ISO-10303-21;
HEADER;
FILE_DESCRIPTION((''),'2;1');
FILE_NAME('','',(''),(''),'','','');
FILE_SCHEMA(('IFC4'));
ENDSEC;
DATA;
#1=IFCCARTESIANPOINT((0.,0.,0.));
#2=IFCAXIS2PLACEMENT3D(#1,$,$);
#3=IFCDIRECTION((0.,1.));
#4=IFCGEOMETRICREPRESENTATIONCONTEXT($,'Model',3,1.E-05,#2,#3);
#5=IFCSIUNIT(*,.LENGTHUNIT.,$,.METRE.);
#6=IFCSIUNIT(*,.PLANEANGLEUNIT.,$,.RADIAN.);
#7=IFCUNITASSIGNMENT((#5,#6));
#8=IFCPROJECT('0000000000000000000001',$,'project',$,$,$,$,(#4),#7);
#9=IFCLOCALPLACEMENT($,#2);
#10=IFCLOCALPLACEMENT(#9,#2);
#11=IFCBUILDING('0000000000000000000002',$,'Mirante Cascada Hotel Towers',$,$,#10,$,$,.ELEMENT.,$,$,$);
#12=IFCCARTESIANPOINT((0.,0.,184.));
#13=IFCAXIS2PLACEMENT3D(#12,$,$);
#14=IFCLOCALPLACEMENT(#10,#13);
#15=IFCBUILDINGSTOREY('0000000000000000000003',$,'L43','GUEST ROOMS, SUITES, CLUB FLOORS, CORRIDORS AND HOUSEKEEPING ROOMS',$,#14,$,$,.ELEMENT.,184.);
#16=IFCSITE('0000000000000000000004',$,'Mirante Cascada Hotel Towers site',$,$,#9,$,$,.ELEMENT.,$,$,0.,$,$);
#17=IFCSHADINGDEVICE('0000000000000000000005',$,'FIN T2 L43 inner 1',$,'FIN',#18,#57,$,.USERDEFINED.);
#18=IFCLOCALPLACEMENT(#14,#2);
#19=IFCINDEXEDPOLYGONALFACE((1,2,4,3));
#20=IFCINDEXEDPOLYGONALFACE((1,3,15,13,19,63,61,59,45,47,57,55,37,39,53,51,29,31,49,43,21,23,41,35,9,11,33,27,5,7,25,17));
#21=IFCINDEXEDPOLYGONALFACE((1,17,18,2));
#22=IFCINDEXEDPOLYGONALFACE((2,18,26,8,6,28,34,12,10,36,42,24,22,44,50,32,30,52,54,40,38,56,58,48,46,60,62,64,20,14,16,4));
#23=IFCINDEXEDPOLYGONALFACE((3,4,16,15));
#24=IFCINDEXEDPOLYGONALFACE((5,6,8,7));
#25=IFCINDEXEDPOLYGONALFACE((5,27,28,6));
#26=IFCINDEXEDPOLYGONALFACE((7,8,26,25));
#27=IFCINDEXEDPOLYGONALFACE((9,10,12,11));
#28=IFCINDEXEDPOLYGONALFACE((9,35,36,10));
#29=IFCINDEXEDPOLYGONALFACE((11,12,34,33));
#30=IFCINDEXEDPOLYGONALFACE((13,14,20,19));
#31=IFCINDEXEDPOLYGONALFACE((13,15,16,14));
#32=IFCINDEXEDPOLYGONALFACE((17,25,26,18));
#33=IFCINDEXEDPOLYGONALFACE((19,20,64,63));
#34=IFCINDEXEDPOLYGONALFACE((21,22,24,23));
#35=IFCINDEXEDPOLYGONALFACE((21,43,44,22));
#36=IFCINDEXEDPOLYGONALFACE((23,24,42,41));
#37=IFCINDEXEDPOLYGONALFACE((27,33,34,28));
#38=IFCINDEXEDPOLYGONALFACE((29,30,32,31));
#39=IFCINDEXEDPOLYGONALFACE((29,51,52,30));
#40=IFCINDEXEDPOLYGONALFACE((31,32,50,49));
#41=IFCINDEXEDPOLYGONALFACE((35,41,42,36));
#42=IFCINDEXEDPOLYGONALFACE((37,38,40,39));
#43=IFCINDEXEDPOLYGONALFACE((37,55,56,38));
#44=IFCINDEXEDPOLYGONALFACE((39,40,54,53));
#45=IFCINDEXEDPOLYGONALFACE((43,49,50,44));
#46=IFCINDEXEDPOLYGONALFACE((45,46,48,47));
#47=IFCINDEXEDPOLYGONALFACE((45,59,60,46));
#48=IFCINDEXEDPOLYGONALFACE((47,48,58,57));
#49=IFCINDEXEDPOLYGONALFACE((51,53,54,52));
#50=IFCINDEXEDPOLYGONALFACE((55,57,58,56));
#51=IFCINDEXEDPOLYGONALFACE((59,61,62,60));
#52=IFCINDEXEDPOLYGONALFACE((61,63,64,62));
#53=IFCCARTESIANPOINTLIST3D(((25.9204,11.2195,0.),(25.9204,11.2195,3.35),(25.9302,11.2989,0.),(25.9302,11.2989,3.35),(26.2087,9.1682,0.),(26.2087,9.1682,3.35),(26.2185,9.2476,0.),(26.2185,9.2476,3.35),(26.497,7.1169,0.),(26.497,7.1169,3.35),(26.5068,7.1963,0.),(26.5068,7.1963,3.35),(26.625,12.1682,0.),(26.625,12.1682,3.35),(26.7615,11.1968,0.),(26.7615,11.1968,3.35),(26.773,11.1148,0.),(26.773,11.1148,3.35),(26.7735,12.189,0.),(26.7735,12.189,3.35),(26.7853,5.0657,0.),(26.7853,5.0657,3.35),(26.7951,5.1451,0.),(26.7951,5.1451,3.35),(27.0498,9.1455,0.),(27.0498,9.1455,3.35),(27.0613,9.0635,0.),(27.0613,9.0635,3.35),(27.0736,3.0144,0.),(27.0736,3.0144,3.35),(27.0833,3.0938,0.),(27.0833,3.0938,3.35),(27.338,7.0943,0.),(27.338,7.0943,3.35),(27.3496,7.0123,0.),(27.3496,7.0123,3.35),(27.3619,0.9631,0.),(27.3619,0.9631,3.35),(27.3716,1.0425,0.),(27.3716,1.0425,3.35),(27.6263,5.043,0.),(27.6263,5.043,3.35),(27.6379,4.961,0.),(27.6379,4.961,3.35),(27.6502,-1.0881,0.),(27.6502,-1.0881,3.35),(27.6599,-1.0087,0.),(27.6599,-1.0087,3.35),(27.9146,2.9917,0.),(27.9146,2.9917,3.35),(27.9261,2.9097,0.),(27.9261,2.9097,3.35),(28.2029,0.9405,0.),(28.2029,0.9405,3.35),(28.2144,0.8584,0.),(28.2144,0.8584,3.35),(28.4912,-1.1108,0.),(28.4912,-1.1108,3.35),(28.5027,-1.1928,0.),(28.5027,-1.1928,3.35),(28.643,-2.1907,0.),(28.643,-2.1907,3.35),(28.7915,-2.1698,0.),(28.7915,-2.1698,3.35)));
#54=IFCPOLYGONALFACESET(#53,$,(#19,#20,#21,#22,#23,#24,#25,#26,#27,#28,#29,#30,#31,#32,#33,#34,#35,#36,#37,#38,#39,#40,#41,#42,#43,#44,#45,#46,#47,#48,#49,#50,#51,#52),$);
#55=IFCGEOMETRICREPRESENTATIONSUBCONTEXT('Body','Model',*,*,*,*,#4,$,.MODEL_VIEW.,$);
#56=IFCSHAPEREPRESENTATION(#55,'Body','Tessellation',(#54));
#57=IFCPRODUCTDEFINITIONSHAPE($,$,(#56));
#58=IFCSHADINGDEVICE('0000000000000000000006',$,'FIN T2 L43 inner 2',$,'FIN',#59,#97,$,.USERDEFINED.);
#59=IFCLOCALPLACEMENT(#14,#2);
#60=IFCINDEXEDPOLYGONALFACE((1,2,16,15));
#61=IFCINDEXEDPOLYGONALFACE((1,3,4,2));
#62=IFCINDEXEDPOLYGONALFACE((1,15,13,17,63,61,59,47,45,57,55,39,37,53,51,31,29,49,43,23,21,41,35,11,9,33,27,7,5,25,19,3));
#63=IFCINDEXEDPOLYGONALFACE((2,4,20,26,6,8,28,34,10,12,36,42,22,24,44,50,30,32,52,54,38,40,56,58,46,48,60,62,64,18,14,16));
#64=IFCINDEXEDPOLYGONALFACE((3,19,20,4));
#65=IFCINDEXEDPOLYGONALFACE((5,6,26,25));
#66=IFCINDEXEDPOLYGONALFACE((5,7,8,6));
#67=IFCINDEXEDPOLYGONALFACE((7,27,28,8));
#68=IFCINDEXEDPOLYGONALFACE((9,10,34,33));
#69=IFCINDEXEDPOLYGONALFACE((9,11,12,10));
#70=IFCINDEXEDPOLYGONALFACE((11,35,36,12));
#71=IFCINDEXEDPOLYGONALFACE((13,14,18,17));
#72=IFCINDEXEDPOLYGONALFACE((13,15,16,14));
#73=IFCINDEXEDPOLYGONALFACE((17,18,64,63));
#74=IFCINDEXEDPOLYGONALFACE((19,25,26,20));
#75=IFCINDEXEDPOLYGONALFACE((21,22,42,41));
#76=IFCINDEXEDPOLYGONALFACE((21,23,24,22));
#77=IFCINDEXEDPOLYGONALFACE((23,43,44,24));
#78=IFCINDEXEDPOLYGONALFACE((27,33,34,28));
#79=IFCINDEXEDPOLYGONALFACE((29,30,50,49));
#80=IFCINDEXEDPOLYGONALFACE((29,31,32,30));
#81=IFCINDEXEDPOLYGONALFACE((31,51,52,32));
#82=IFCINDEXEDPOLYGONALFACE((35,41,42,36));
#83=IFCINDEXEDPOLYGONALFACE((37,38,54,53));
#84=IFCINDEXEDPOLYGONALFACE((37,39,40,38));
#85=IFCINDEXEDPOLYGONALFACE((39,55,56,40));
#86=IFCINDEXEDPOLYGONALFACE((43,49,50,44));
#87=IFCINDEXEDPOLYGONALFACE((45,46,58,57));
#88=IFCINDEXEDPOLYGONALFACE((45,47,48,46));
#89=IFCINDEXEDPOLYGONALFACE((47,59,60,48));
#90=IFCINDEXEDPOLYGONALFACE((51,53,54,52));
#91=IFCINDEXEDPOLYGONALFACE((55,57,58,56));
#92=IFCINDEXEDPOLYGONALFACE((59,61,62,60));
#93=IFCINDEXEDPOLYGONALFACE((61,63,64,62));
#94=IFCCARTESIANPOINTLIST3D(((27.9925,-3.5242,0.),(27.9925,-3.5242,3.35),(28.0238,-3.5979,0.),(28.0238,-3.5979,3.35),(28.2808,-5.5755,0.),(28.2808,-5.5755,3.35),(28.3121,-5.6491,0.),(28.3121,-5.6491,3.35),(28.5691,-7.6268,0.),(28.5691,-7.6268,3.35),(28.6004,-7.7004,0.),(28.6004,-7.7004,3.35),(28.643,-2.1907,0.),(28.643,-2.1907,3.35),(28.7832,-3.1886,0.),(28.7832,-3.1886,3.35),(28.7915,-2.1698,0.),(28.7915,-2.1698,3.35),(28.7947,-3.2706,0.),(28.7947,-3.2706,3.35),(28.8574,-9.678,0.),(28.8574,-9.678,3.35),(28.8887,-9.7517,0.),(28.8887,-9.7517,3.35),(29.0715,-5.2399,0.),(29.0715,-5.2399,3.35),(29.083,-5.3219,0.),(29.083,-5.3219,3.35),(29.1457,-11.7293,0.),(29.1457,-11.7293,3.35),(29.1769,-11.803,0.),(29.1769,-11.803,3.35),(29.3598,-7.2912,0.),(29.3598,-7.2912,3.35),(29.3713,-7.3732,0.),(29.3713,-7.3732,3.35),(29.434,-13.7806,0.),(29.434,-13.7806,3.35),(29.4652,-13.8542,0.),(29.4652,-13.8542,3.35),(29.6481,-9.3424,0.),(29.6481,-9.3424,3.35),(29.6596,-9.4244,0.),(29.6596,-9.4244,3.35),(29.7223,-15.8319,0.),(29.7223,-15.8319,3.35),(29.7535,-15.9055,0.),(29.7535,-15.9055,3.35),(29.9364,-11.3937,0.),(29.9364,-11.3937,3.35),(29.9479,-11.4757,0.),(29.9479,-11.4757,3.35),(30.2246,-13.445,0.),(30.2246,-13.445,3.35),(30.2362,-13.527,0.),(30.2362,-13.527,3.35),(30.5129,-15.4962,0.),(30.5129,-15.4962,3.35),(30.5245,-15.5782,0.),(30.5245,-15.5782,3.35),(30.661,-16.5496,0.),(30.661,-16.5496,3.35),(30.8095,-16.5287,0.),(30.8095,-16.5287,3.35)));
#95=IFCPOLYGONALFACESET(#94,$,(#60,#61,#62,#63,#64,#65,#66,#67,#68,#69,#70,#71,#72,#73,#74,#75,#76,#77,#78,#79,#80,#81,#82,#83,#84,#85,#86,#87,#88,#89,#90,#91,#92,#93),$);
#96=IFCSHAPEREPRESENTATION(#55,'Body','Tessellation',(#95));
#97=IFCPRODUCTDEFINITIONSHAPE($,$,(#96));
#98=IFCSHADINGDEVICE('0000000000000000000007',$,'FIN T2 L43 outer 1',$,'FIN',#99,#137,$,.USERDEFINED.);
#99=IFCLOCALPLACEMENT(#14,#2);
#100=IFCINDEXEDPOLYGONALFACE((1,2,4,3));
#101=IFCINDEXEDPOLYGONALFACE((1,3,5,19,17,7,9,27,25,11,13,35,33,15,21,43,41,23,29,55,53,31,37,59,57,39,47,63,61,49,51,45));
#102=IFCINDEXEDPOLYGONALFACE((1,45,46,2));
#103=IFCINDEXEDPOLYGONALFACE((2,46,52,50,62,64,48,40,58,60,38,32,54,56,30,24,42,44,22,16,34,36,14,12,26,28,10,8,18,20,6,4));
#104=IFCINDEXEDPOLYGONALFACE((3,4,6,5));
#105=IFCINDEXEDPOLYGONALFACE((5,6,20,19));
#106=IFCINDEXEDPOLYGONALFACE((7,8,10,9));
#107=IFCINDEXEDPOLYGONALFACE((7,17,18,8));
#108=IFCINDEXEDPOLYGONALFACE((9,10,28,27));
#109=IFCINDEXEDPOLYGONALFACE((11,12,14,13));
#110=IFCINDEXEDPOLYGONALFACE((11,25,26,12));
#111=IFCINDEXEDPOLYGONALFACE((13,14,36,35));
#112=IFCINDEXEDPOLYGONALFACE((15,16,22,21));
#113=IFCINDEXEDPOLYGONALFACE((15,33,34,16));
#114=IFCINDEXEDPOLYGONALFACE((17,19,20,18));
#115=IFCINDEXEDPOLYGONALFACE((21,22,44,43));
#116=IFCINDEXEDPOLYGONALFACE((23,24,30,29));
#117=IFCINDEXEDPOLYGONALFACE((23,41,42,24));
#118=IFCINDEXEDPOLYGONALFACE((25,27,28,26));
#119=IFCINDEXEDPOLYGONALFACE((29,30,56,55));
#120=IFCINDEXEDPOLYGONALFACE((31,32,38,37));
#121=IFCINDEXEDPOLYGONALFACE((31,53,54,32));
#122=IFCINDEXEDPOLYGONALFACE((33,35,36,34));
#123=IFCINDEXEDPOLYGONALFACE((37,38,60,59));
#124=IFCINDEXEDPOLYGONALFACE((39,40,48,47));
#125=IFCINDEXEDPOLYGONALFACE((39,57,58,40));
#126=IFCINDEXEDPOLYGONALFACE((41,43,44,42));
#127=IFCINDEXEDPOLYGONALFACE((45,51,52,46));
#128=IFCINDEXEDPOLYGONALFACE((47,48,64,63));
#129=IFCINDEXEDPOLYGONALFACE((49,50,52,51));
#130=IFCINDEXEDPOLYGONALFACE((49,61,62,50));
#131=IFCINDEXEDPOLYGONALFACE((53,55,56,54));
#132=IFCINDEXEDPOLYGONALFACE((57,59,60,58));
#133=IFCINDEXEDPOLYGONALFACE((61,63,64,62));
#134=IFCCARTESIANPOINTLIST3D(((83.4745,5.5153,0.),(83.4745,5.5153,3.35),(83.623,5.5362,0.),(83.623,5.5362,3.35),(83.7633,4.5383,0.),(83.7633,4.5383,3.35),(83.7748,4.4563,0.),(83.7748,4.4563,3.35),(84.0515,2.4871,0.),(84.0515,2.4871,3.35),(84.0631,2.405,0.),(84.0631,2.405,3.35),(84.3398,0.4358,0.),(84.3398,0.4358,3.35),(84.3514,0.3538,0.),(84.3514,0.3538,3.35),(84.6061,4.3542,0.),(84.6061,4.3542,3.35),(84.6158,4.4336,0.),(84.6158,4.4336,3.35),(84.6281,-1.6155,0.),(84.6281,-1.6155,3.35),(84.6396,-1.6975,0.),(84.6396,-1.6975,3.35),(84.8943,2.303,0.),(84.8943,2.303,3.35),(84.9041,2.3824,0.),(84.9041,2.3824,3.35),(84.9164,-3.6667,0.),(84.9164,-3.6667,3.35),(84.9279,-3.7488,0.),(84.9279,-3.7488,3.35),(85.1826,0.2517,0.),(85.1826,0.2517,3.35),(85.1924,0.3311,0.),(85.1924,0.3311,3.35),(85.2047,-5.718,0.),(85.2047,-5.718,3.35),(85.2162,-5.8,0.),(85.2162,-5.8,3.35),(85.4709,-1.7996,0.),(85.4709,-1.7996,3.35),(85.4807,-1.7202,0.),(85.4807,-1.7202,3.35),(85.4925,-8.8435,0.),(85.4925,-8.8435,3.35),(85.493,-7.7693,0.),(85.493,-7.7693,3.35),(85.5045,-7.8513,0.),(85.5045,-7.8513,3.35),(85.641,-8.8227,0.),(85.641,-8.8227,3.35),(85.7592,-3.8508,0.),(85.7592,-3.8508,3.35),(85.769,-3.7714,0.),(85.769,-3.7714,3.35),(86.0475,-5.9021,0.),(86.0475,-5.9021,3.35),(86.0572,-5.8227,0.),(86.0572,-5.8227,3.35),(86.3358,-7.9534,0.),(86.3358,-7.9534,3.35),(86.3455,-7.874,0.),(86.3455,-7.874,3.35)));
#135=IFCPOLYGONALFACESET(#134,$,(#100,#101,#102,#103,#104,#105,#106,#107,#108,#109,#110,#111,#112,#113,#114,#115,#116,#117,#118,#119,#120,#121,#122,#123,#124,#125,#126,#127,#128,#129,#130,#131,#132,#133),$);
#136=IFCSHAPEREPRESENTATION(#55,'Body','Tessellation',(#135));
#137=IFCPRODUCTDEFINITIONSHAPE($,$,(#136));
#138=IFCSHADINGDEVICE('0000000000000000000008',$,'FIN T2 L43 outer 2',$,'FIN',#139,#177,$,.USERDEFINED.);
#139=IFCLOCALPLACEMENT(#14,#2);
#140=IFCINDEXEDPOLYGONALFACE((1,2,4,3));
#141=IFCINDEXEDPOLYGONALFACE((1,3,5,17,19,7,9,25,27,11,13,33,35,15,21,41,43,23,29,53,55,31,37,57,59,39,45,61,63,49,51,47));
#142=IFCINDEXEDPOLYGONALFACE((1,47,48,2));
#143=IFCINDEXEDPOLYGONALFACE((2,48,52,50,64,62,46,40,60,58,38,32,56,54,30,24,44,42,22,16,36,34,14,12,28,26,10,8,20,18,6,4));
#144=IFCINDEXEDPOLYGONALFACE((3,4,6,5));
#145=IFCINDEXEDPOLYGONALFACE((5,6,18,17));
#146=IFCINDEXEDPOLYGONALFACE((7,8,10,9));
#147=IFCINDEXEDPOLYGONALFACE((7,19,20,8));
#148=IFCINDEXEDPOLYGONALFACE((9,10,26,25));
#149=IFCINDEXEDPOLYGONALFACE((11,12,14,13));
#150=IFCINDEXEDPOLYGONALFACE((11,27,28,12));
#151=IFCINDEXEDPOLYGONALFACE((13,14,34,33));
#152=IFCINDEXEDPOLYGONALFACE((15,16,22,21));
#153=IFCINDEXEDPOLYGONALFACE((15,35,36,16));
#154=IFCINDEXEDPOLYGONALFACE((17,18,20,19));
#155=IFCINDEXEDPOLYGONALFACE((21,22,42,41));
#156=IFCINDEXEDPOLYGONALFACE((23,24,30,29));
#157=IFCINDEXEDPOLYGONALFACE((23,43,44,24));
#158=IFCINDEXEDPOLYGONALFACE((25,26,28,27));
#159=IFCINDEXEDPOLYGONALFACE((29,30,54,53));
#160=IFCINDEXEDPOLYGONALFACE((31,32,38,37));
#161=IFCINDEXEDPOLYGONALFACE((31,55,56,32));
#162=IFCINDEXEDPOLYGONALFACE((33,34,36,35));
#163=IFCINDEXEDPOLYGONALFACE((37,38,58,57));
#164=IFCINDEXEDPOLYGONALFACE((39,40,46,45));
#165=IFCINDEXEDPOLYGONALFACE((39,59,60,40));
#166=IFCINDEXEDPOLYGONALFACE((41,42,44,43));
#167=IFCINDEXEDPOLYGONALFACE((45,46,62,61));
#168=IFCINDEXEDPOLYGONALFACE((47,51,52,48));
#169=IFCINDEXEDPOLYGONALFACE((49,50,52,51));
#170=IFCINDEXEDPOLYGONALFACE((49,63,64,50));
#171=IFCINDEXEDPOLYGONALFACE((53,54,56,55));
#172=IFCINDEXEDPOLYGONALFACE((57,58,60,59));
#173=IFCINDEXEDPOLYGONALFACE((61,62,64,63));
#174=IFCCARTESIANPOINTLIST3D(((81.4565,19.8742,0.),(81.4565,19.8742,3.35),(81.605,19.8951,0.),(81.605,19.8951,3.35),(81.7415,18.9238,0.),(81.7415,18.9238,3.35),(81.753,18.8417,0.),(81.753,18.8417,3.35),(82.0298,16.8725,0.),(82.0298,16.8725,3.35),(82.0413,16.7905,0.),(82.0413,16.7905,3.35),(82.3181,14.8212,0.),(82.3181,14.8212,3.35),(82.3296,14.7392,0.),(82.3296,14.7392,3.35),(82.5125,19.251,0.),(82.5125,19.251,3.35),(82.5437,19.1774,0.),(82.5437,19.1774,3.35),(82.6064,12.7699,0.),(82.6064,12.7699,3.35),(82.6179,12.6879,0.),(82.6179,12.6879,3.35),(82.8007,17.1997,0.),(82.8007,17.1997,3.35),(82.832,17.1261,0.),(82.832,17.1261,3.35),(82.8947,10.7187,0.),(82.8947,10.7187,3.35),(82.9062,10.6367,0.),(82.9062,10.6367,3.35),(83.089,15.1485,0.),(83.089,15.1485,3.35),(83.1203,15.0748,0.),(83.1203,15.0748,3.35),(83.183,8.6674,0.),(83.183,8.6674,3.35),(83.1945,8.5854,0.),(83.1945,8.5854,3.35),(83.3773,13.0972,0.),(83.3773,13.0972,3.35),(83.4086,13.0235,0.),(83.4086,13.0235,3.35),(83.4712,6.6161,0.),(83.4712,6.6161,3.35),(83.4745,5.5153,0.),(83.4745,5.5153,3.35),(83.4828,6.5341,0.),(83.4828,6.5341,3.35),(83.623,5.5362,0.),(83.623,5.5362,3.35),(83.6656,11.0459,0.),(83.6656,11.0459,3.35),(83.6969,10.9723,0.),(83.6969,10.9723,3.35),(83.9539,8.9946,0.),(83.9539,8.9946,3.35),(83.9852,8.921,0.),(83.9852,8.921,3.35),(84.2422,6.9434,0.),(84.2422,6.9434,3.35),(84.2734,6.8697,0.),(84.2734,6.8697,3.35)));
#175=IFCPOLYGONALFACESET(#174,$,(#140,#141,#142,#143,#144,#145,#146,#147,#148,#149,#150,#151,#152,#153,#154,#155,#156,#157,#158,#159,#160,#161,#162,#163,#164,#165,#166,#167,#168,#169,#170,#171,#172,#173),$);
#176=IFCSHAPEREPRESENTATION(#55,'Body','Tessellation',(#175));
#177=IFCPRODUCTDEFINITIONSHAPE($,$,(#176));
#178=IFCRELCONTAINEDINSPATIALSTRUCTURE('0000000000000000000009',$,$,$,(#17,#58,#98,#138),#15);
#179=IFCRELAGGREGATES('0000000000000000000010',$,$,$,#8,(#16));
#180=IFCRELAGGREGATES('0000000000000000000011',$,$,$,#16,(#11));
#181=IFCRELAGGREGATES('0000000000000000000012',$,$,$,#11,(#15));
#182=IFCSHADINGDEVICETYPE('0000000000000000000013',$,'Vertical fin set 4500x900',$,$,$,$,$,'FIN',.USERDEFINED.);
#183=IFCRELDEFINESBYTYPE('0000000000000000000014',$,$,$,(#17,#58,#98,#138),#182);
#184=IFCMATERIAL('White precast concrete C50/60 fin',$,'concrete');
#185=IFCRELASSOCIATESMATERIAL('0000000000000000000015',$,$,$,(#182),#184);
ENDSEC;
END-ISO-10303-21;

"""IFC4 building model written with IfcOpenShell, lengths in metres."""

from ifc_helpers import new_model, si_unit, direction, frame, origin, place, context, subcontext, project, spatial, polyline, outline, extrude, material, type_object, element, save


model = new_model("IFC4")

# Units and contexts
model_context = context("Model", 3, precision=1e-05, world=origin(), true_north=direction((0.0, 1.0)))
body_context = subcontext(model_context, "Body", "Model", "MODEL_VIEW")
ifc_project = project(units=[si_unit("LENGTHUNIT", "METRE"), si_unit("PLANEANGLEUNIT", "RADIAN")], contexts=[model_context])

# Site, building, storey
site_placement = place(None, origin())
site = spatial("IfcSite", under=ifc_project, at=site_placement, Name="Mirante Cascada Hotel Towers site", CompositionType="ELEMENT", RefElevation=0.0)
building_placement = place(site_placement, origin())
building = spatial("IfcBuilding", under=site, at=building_placement, Name="Mirante Cascada Hotel Towers", CompositionType="ELEMENT")
storey_placement = place(building_placement, frame((0.0, 0.0, 184.0)))
storey = spatial("IfcBuildingStorey", under=building, at=storey_placement, Name="L43", Description="GUEST ROOMS, SUITES, CLUB FLOORS, CORRIDORS AND HOUSEKEEPING ROOMS", CompositionType="ELEMENT", Elevation=184.0)

# Shading devices
ifc_material_1 = material(Name="White precast concrete C50/60 fin", Category="concrete")
shading_device_type = type_object("IfcShadingDeviceType", Name="Vertical fin set 4500x900", ElementType="FIN", PredefinedType="USERDEFINED", material=ifc_material_1)
shading_device_1_placement = place(storey_placement, origin())
element("IfcShadingDevice", 1, at=shading_device_1_placement, inside=storey, type_object=shading_device_type, Name="FIN T2 L43 inner 1", ObjectType="FIN", PredefinedType="USERDEFINED", context=body_context, shape_type="SweptSolid", body=[
    extrude(outline(polyline([(27.6599, -1.0087), (28.4912, -1.1108), (28.2144, 0.8584), (27.3619, 0.9631), (27.3716, 1.0425), (28.2029, 0.9405), (27.9261, 2.9097), (27.0736, 3.0144), (27.0833, 3.0938), (27.9146, 2.9917), (27.6379, 4.961), (26.7853, 5.0657), (26.7951, 5.1451), (27.6263, 5.043), (27.3496, 7.0123), (26.497, 7.1169), (26.5068, 7.1963), (27.338, 7.0943), (27.0613, 9.0635), (26.2087, 9.1682), (26.2185, 9.2476), (27.0498, 9.1455), (26.773, 11.1148), (25.9204, 11.2195), (25.9302, 11.2989), (26.7615, 11.1968), (26.625, 12.1682), (26.7735, 12.189), (28.7915, -2.1698), (28.643, -2.1907), (28.5027, -1.1928), (27.6502, -1.0881), (27.6599, -1.0087)])), origin(), (0.0, 0.0, 1.0), 3.35),
])
shading_device_2_placement = place(storey_placement, origin())
element("IfcShadingDevice", 2, at=shading_device_2_placement, inside=storey, type_object=shading_device_type, Name="FIN T2 L43 inner 2", ObjectType="FIN", PredefinedType="USERDEFINED", context=body_context, shape_type="SweptSolid", body=[
    extrude(outline(polyline([(29.7223, -15.8319), (30.5129, -15.4962), (30.2362, -13.527), (29.4652, -13.8542), (29.434, -13.7806), (30.2246, -13.445), (29.9479, -11.4757), (29.1769, -11.803), (29.1457, -11.7293), (29.9364, -11.3937), (29.6596, -9.4244), (28.8887, -9.7517), (28.8574, -9.678), (29.6481, -9.3424), (29.3713, -7.3732), (28.6004, -7.7004), (28.5691, -7.6268), (29.3598, -7.2912), (29.083, -5.3219), (28.3121, -5.6491), (28.2808, -5.5755), (29.0715, -5.2399), (28.7947, -3.2706), (28.0238, -3.5979), (27.9925, -3.5242), (28.7832, -3.1886), (28.643, -2.1907), (28.7915, -2.1698), (30.8095, -16.5287), (30.661, -16.5496), (30.5245, -15.5782), (29.7535, -15.9055), (29.7223, -15.8319)])), origin(), (0.0, 0.0, 1.0), 3.35),
])
shading_device_3_placement = place(storey_placement, origin())
element("IfcShadingDevice", 3, at=shading_device_3_placement, inside=storey, type_object=shading_device_type, Name="FIN T2 L43 outer 1", ObjectType="FIN", PredefinedType="USERDEFINED", context=body_context, shape_type="SweptSolid", body=[
    extrude(outline(polyline([(86.3358, -7.9534), (85.5045, -7.8513), (85.641, -8.8227), (85.4925, -8.8435), (83.4745, 5.5153), (83.623, 5.5362), (83.7633, 4.5383), (84.6158, 4.4336), (84.6061, 4.3542), (83.7748, 4.4563), (84.0515, 2.4871), (84.9041, 2.3824), (84.8943, 2.303), (84.0631, 2.405), (84.3398, 0.4358), (85.1924, 0.3311), (85.1826, 0.2517), (84.3514, 0.3538), (84.6281, -1.6155), (85.4807, -1.7202), (85.4709, -1.7996), (84.6396, -1.6975), (84.9164, -3.6667), (85.769, -3.7714), (85.7592, -3.8508), (84.9279, -3.7488), (85.2047, -5.718), (86.0572, -5.8227), (86.0475, -5.9021), (85.2162, -5.8), (85.493, -7.7693), (86.3455, -7.874), (86.3358, -7.9534)])), origin(), (0.0, 0.0, 1.0), 3.35),
])
shading_device_4_placement = place(storey_placement, origin())
element("IfcShadingDevice", 4, at=shading_device_4_placement, inside=storey, type_object=shading_device_type, Name="FIN T2 L43 outer 2", ObjectType="FIN", PredefinedType="USERDEFINED", context=body_context, shape_type="SweptSolid", body=[
    extrude(outline(polyline([(84.2734, 6.8697), (83.4828, 6.5341), (83.623, 5.5362), (83.4745, 5.5153), (81.4565, 19.8742), (81.605, 19.8951), (81.7415, 18.9238), (82.5125, 19.251), (82.5437, 19.1774), (81.753, 18.8417), (82.0298, 16.8725), (82.8007, 17.1997), (82.832, 17.1261), (82.0413, 16.7905), (82.3181, 14.8212), (83.089, 15.1485), (83.1203, 15.0748), (82.3296, 14.7392), (82.6064, 12.7699), (83.3773, 13.0972), (83.4086, 13.0235), (82.6179, 12.6879), (82.8947, 10.7187), (83.6656, 11.0459), (83.6969, 10.9723), (82.9062, 10.6367), (83.183, 8.6674), (83.9539, 8.9946), (83.9852, 8.921), (83.1945, 8.5854), (83.4712, 6.6161), (84.2422, 6.9434), (84.2734, 6.8697)])), origin(), (0.0, 0.0, 1.0), 3.35),
])

save(model, "model.ifc")
